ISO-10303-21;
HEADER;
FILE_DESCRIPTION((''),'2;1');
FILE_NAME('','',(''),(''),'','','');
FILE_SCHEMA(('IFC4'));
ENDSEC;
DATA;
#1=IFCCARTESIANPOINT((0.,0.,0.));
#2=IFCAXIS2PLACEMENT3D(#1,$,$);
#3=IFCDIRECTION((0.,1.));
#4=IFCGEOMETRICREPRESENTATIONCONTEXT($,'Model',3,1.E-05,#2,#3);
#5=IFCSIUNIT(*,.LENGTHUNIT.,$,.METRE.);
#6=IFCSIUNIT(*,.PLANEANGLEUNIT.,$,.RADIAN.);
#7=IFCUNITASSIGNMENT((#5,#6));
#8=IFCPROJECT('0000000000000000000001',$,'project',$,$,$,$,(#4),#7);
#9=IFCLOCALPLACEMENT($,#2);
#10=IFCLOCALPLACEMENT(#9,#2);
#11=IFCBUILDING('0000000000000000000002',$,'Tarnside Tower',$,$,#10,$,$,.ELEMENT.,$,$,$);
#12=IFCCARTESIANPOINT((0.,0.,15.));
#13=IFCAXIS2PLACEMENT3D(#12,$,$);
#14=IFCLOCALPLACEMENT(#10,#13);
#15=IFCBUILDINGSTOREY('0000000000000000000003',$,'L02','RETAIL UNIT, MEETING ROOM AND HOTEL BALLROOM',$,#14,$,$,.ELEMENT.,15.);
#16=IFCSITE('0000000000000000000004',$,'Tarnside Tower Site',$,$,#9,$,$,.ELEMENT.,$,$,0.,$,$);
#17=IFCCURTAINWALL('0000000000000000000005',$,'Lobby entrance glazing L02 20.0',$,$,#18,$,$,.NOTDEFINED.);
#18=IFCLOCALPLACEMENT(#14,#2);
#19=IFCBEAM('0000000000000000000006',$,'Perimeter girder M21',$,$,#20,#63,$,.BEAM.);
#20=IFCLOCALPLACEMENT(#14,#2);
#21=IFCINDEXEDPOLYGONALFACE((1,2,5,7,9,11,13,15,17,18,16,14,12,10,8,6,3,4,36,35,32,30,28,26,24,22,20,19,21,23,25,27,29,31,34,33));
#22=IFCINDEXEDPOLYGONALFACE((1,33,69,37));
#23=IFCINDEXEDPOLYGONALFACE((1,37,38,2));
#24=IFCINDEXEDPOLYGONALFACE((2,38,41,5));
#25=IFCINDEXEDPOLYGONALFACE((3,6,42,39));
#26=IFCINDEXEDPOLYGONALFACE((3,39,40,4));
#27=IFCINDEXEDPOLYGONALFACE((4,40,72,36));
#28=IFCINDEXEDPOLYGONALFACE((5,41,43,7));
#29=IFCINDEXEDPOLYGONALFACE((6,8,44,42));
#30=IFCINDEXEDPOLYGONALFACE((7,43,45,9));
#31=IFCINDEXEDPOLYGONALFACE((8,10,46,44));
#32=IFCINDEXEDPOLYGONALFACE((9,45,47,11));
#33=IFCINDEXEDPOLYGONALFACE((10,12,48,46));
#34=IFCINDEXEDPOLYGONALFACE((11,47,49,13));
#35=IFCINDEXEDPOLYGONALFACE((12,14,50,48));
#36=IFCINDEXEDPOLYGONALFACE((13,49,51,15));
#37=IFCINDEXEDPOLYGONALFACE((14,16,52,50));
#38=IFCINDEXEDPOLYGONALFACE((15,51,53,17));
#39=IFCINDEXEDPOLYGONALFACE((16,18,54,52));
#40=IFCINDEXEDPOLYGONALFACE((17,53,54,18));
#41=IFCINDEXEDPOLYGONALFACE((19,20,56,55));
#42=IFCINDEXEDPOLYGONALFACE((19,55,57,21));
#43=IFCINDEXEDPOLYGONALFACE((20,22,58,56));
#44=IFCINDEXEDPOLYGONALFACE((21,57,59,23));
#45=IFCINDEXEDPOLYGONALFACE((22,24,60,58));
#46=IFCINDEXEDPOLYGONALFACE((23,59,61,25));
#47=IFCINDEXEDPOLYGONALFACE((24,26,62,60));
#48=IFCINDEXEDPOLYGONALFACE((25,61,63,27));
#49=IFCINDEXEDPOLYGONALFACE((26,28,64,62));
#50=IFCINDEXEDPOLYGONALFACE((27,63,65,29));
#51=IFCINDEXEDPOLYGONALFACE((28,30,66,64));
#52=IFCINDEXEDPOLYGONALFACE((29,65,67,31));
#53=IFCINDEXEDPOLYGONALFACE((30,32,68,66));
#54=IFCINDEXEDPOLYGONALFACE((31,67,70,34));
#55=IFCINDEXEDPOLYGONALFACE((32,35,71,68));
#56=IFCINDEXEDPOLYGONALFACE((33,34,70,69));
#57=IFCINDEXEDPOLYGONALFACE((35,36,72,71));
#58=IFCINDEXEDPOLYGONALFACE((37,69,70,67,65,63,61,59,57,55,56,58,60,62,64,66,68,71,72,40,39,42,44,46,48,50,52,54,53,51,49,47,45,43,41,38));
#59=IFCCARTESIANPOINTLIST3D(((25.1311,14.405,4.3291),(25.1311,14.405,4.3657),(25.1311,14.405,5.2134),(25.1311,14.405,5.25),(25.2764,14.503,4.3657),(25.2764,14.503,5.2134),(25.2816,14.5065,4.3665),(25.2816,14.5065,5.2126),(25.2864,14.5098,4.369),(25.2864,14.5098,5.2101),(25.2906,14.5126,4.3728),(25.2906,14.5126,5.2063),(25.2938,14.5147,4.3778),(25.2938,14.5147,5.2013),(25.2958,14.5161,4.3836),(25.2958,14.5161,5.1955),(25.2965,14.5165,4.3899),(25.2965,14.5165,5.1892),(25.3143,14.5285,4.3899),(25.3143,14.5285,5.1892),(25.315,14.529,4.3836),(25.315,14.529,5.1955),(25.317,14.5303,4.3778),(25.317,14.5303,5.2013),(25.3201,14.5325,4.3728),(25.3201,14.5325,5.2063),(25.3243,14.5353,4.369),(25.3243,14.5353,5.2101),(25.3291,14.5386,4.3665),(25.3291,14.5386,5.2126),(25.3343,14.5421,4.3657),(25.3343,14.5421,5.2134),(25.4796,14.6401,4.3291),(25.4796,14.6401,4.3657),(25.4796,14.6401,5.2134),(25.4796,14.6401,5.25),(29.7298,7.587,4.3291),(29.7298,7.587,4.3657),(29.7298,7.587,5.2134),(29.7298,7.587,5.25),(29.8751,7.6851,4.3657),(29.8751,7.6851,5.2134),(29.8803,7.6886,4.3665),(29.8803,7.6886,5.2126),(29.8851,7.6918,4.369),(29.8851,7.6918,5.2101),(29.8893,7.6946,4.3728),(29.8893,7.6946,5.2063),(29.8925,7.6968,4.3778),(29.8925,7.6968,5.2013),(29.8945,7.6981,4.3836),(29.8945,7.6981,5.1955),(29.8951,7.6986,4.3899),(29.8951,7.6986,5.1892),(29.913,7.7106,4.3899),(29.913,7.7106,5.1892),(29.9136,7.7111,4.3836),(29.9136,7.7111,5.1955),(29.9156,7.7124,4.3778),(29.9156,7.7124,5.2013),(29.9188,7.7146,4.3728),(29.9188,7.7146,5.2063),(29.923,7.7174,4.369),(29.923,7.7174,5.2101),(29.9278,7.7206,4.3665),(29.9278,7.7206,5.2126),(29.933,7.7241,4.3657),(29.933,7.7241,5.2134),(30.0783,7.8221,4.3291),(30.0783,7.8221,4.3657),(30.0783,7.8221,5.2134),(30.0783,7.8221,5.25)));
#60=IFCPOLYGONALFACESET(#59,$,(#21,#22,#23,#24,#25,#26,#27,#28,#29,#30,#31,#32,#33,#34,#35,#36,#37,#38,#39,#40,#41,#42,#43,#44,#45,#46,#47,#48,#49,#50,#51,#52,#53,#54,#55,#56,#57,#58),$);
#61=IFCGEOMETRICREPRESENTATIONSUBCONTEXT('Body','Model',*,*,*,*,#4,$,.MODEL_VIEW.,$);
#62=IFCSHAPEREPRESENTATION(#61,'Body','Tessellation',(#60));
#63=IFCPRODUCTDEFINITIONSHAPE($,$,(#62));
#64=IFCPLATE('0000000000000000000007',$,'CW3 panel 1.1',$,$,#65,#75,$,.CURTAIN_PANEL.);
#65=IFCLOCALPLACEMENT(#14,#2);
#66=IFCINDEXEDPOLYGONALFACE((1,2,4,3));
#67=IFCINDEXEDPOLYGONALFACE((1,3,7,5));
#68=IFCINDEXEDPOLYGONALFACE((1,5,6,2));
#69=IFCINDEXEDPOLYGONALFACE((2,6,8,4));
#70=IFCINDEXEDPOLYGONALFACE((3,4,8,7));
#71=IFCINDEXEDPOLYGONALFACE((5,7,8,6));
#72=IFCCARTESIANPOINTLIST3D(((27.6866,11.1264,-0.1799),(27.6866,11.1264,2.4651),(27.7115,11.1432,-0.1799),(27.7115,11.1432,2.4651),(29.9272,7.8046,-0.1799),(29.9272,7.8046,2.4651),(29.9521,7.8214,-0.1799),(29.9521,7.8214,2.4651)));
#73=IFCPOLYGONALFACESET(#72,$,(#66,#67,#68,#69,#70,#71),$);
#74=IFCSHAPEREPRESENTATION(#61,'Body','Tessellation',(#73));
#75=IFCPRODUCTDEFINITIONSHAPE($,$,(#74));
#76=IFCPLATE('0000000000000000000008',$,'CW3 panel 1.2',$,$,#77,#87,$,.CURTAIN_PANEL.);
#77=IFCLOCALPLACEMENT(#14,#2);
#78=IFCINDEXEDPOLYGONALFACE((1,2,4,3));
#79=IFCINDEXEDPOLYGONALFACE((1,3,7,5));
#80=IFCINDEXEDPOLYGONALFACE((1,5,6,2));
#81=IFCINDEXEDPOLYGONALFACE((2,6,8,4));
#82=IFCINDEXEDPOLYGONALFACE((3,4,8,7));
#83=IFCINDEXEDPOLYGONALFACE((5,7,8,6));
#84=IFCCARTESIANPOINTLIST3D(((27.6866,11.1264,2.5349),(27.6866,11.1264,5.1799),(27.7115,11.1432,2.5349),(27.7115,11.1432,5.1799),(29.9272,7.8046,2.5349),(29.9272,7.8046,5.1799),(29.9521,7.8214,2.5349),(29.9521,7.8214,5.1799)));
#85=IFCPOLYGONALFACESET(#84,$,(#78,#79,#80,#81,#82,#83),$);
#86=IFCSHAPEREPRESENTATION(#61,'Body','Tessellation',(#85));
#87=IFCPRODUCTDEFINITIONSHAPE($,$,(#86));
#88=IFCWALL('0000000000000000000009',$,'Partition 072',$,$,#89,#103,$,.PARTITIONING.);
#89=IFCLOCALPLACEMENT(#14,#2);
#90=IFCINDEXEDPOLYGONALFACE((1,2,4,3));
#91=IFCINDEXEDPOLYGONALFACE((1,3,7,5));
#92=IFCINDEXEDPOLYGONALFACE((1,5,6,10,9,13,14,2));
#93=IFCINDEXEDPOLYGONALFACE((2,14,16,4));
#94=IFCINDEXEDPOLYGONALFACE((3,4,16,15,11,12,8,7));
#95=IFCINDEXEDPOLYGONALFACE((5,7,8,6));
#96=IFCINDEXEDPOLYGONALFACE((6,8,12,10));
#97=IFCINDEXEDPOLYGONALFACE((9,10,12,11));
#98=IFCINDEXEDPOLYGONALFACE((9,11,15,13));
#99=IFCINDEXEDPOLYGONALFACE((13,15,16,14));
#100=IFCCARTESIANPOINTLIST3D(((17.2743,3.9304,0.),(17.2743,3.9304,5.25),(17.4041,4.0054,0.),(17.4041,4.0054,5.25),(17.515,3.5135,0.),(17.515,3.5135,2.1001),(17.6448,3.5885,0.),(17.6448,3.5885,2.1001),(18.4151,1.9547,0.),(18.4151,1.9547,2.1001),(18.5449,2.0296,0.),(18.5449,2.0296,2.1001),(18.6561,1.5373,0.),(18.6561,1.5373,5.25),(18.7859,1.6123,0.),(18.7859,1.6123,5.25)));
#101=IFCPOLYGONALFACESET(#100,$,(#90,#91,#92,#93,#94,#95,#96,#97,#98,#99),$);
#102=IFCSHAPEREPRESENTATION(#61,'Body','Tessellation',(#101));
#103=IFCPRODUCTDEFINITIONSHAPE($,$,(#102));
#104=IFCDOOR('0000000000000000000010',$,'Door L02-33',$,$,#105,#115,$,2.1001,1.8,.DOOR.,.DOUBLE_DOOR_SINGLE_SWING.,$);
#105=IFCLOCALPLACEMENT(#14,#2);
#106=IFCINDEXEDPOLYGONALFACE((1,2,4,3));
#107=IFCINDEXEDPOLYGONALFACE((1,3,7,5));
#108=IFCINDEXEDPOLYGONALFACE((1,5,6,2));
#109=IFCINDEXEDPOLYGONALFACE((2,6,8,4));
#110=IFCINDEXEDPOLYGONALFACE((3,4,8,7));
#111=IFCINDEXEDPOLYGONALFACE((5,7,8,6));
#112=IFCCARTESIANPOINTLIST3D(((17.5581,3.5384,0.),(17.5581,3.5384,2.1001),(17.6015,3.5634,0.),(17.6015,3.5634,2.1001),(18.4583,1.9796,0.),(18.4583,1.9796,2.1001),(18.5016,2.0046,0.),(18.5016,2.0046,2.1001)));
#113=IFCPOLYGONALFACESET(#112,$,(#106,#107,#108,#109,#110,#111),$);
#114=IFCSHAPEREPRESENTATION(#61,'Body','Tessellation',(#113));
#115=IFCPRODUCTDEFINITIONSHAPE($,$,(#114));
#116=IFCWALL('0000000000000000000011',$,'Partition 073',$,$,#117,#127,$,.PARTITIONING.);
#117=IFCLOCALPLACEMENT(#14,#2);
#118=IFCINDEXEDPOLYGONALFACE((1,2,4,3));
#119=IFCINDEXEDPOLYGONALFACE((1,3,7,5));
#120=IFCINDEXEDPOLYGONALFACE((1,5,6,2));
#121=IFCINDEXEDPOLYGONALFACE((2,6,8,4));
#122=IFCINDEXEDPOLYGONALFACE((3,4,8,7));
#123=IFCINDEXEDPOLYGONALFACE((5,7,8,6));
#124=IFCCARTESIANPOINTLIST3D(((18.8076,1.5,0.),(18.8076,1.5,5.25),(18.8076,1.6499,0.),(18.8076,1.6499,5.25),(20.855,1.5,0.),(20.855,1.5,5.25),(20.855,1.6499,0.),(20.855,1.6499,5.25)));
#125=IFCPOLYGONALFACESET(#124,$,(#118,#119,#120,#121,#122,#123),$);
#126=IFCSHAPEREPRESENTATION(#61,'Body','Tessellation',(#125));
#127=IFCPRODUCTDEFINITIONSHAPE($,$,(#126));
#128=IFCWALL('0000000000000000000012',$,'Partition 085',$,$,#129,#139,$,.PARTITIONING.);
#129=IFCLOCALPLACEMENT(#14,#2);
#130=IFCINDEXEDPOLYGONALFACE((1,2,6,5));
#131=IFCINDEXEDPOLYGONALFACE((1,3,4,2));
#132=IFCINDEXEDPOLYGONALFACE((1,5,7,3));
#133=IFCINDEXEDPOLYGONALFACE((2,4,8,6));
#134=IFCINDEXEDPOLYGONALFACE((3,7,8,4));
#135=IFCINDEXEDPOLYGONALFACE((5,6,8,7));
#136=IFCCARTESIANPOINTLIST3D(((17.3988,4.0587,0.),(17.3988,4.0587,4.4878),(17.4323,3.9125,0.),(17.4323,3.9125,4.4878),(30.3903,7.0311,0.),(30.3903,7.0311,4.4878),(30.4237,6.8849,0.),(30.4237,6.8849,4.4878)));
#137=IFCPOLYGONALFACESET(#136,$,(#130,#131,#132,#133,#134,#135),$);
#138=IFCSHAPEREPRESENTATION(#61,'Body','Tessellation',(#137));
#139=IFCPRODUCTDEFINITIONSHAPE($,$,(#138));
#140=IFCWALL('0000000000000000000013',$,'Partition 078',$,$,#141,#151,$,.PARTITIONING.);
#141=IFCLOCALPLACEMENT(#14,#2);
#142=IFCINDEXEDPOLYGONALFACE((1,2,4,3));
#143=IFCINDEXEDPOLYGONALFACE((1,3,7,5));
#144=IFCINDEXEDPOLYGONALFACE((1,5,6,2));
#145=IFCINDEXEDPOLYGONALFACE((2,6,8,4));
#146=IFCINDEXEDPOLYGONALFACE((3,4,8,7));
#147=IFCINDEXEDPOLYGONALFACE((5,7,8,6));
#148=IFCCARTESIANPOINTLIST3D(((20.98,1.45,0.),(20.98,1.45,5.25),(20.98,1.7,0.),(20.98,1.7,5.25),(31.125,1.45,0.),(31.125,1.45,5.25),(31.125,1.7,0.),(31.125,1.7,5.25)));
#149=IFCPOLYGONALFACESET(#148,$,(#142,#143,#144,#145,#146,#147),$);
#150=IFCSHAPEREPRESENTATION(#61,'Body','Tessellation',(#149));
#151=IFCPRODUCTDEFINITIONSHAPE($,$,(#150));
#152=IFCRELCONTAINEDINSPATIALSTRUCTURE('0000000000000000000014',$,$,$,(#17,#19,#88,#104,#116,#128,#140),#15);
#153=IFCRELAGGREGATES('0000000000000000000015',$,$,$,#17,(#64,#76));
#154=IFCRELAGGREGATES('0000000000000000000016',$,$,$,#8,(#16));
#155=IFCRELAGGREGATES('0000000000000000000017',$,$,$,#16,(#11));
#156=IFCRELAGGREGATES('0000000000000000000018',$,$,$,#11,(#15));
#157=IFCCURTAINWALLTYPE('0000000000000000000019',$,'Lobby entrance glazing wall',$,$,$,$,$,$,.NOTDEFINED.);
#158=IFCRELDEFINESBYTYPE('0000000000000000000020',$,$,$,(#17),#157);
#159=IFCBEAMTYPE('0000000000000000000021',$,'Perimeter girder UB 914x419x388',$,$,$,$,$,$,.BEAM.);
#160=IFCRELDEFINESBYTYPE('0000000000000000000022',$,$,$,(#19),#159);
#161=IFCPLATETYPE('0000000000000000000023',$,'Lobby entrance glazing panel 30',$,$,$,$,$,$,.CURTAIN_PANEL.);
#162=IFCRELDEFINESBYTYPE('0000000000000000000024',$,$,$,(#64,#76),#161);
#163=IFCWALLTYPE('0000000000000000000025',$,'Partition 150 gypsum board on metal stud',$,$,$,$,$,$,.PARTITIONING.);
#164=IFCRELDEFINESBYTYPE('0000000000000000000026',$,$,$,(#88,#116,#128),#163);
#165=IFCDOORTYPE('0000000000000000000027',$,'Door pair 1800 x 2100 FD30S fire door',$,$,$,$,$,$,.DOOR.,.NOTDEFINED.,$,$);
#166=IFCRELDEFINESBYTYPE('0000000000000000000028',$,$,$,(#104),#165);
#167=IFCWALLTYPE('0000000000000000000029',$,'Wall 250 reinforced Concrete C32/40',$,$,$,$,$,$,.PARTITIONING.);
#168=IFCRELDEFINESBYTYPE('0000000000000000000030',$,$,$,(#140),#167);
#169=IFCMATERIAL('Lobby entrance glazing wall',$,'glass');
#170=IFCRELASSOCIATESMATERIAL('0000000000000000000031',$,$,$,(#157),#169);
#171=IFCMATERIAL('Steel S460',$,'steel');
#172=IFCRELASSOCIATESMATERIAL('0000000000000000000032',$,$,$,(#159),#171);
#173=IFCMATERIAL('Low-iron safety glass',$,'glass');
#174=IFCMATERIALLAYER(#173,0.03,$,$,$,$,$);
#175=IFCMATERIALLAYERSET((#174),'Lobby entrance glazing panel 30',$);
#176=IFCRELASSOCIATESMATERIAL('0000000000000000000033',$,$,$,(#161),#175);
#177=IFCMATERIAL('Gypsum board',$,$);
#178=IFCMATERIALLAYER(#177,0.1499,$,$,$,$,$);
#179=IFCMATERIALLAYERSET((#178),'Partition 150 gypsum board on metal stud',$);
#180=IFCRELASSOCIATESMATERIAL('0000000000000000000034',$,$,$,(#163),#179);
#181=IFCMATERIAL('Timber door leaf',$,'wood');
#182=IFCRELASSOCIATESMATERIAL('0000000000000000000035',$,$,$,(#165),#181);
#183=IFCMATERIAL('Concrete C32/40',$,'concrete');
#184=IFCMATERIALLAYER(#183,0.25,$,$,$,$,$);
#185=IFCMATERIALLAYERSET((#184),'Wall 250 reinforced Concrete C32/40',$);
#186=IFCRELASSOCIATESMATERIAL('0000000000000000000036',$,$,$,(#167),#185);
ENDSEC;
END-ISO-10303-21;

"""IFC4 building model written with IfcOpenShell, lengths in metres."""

from ifc_helpers import new_model, si_unit, direction, frame, frame_2d, origin, origin_2d, place, context, subcontext, project, spatial, rectangle, i_section, extrude, material, layer, layer_set, material_profile, profile_set, type_object, element, fill, aggregate, save


model = new_model("IFC4")

# Units and contexts
model_context = context("Model", 3, precision=1e-05, world=origin(), true_north=direction((0.0, 1.0)))
body_context = subcontext(model_context, "Body", "Model", "MODEL_VIEW")
ifc_project = project(units=[si_unit("LENGTHUNIT", "METRE"), si_unit("PLANEANGLEUNIT", "RADIAN")], contexts=[model_context])

# Site, building, storey
site_placement = place(None, origin())
site = spatial("IfcSite", under=ifc_project, at=site_placement, Name="Tarnside Tower Site", CompositionType="ELEMENT", RefElevation=0.0)
building_placement = place(site_placement, origin())
building = spatial("IfcBuilding", under=site, at=building_placement, Name="Tarnside Tower", CompositionType="ELEMENT")
storey_placement = place(building_placement, frame((0.0, 0.0, 15.0)))
storey = spatial("IfcBuildingStorey", under=building, at=storey_placement, Name="L02", Description="RETAIL UNIT, MEETING ROOM AND HOTEL BALLROOM", CompositionType="ELEMENT", Elevation=15.0)

# Shared definitions
ifc_material_1 = material(Name="Steel S460", Category="steel")

# Curtain wall
ifc_material_2 = material(Name="Lobby entrance glazing wall", Category="glass")
curtain_wall_type = type_object("IfcCurtainWallType", Name="Lobby entrance glazing wall", PredefinedType="NOTDEFINED", material=ifc_material_2)
curtain_wall_placement = place(storey_placement, origin())
curtain_wall = element("IfcCurtainWall", 1, at=curtain_wall_placement, inside=storey, type_object=curtain_wall_type, Name="Lobby entrance glazing L02 20.0", PredefinedType="NOTDEFINED")

# Beam
ifc_material_profile_1 = material_profile(ifc_material_1, i_section(OverallWidth=0.4204, OverallDepth=0.9209, WebThickness=0.0215, FlangeThickness=0.0366, FilletRadius=0.0242, at=origin_2d()), Name="UB 914x419x388")
ifc_profile_set_1 = profile_set([ifc_material_profile_1], Name="Steel S460")
beam_type_1 = type_object("IfcBeamType", Name="Perimeter girder UB 914x419x388", PredefinedType="BEAM", material=ifc_profile_set_1)
beam_1_placement = place(storey_placement, frame((29.9041, 7.7046, 4.7896), z_axis=(-0.559186, 0.829042, 0.0), x_axis=(-0.829042, -0.559186, 0.0)))
element("IfcBeam", 2, at=beam_1_placement, inside=storey, type_object=beam_type_1, Name="Perimeter girder M21", PredefinedType="BEAM", context=body_context, shape_type="SweptSolid", body=[
    extrude(i_section(OverallWidth=0.4204, OverallDepth=0.9209, WebThickness=0.0215, FlangeThickness=0.0366, FilletRadius=0.0242, at=origin_2d()), origin(), (0.0, 0.0, 1.0), 8.2239),
])

# Plates
ifc_material_3 = material(Name="Low-iron safety glass", Category="glass")
ifc_layer_1 = layer(ifc_material_3, 0.03)
ifc_layer_set_1 = layer_set([ifc_layer_1], Name="Lobby entrance glazing panel 30")
plate_type = type_object("IfcPlateType", Name="Lobby entrance glazing panel 30", PredefinedType="CURTAIN_PANEL", material=ifc_layer_set_1)
plate_1_placement = place(storey_placement, frame((28.8193, 9.4739, -0.1799), z_axis=(0.0, 0.0, 1.0), x_axis=(-0.559193, 0.829038, 0.0)))
plate_1 = element("IfcPlate", 3, at=plate_1_placement, type_object=plate_type, Name="CW3 panel 1.1", PredefinedType="CURTAIN_PANEL", context=body_context, shape_type="SweptSolid", body=[
    extrude(rectangle(XDim=4.0068, YDim=0.03, at=origin_2d()), origin(), (0.0, 0.0, 1.0), 2.645),
])
plate_2_placement = place(storey_placement, frame((28.8193, 9.4739, 2.5349), z_axis=(0.0, 0.0, 1.0), x_axis=(-0.559193, 0.829038, 0.0)))
plate_2 = element("IfcPlate", 4, at=plate_2_placement, type_object=plate_type, Name="CW3 panel 1.2", PredefinedType="CURTAIN_PANEL", context=body_context, shape_type="SweptSolid", body=[
    extrude(rectangle(XDim=4.0068, YDim=0.03, at=origin_2d()), origin(), (0.0, 0.0, 1.0), 2.645),
])
aggregate(curtain_wall, [plate_1, plate_2])

# Wall, opening, door
ifc_material_4 = material(Name="Gypsum board")
ifc_layer_2 = layer(ifc_material_4, 0.1499)
ifc_layer_set_2 = layer_set([ifc_layer_2], Name="Partition 150 gypsum board on metal stud")
wall_type_1 = type_object("IfcWallType", Name="Partition 150 gypsum board on metal stud", PredefinedType="PARTITIONING", material=ifc_layer_set_2)
wall_1_placement = place(storey_placement, frame((17.3391, 3.968, 0.0), z_axis=(0.0, 0.0, 1.0), x_axis=(0.500054, -0.865994, 0.0)))
wall_1 = element("IfcWall", 5, at=wall_1_placement, inside=storey, type_object=wall_type_1, Name="Partition 072", PredefinedType="PARTITIONING", context=body_context, shape_type="SweptSolid", body=[
    extrude(rectangle(XDim=2.7634, YDim=0.1499, at=frame_2d((1.3818, 0.0))), origin(), (0.0, 0.0, 1.0), 5.25),
])
opening_placement = place(wall_1_placement, frame((0.4817, 0.0, 0.0)))
opening = element("IfcOpeningElement", 6, at=opening_placement, cuts=wall_1, PredefinedType="OPENING", context=body_context, shape_type="SweptSolid", body=[
    extrude(rectangle(XDim=1.8, YDim=2.1001, at=frame_2d((0.8999, 1.05))), frame((0.0, 0.085, 0.0), z_axis=(0.0, -1.0, 0.0), x_axis=(1.0, 0.0, 0.0)), (0.0, 0.0, 1.0), 0.1699),
])
ifc_material_5 = material(Name="Timber door leaf", Category="wood")
door_type = type_object("IfcDoorType", Name="Door pair 1800 x 2100 FD30S fire door", OperationType="NOTDEFINED", PredefinedType="DOOR", material=ifc_material_5)
door_placement = place(opening_placement, origin())
door = element("IfcDoor", 7, at=door_placement, inside=storey, type_object=door_type, Name="Door L02-33", OperationType="DOUBLE_DOOR_SINGLE_SWING", OverallHeight=2.1001, OverallWidth=1.8, PredefinedType="DOOR", context=body_context, shape_type="SweptSolid", body=[
    extrude(rectangle(XDim=1.8, YDim=2.1001, at=frame_2d((0.8999, 1.05))), frame((0.0, 0.0249, 0.0), z_axis=(0.0, -1.0, 0.0), x_axis=(1.0, 0.0, 0.0)), (0.0, 0.0, 1.0), 0.05),
])
fill(opening, door)

# Walls
wall_2_placement = place(storey_placement, frame((18.8076, 1.575, 0.0), z_axis=(0.0, 0.0, 1.0), x_axis=(1.0, 0.0, 0.0)))
element("IfcWall", 8, at=wall_2_placement, inside=storey, type_object=wall_type_1, Name="Partition 073", PredefinedType="PARTITIONING", context=body_context, shape_type="SweptSolid", body=[
    extrude(rectangle(XDim=2.0474, YDim=0.1499, at=frame_2d((1.0237, 0.0))), origin(), (0.0, 0.0, 1.0), 5.25),
])
wall_3_placement = place(storey_placement, frame((30.407, 6.958, 0.0), z_axis=(0.0, 0.0, 1.0), x_axis=(-0.974811, -0.223034, 0.0)))
element("IfcWall", 9, at=wall_3_placement, inside=storey, type_object=wall_type_1, Name="Partition 085", PredefinedType="PARTITIONING", context=body_context, shape_type="SweptSolid", body=[
    extrude(rectangle(XDim=13.3271, YDim=0.1499, at=frame_2d((6.6636, 0.0))), origin(), (0.0, 0.0, 1.0), 4.4878),
])
ifc_material_6 = material(Name="Concrete C32/40", Category="concrete")
ifc_layer_3 = layer(ifc_material_6, 0.25)
ifc_layer_set_3 = layer_set([ifc_layer_3], Name="Wall 250 reinforced Concrete C32/40")
wall_type_2 = type_object("IfcWallType", Name="Wall 250 reinforced Concrete C32/40", PredefinedType="PARTITIONING", material=ifc_layer_set_3)
wall_4_placement = place(storey_placement, frame((20.98, 1.575, 0.0), z_axis=(0.0, 0.0, 1.0), x_axis=(1.0, 0.0, 0.0)))
element("IfcWall", 10, at=wall_4_placement, inside=storey, type_object=wall_type_2, Name="Partition 078", PredefinedType="PARTITIONING", context=body_context, shape_type="SweptSolid", body=[
    extrude(rectangle(XDim=10.145, YDim=0.25, at=frame_2d((5.0725, 0.0))), origin(), (0.0, 0.0, 1.0), 5.25),
])

save(model, "model.ifc")
